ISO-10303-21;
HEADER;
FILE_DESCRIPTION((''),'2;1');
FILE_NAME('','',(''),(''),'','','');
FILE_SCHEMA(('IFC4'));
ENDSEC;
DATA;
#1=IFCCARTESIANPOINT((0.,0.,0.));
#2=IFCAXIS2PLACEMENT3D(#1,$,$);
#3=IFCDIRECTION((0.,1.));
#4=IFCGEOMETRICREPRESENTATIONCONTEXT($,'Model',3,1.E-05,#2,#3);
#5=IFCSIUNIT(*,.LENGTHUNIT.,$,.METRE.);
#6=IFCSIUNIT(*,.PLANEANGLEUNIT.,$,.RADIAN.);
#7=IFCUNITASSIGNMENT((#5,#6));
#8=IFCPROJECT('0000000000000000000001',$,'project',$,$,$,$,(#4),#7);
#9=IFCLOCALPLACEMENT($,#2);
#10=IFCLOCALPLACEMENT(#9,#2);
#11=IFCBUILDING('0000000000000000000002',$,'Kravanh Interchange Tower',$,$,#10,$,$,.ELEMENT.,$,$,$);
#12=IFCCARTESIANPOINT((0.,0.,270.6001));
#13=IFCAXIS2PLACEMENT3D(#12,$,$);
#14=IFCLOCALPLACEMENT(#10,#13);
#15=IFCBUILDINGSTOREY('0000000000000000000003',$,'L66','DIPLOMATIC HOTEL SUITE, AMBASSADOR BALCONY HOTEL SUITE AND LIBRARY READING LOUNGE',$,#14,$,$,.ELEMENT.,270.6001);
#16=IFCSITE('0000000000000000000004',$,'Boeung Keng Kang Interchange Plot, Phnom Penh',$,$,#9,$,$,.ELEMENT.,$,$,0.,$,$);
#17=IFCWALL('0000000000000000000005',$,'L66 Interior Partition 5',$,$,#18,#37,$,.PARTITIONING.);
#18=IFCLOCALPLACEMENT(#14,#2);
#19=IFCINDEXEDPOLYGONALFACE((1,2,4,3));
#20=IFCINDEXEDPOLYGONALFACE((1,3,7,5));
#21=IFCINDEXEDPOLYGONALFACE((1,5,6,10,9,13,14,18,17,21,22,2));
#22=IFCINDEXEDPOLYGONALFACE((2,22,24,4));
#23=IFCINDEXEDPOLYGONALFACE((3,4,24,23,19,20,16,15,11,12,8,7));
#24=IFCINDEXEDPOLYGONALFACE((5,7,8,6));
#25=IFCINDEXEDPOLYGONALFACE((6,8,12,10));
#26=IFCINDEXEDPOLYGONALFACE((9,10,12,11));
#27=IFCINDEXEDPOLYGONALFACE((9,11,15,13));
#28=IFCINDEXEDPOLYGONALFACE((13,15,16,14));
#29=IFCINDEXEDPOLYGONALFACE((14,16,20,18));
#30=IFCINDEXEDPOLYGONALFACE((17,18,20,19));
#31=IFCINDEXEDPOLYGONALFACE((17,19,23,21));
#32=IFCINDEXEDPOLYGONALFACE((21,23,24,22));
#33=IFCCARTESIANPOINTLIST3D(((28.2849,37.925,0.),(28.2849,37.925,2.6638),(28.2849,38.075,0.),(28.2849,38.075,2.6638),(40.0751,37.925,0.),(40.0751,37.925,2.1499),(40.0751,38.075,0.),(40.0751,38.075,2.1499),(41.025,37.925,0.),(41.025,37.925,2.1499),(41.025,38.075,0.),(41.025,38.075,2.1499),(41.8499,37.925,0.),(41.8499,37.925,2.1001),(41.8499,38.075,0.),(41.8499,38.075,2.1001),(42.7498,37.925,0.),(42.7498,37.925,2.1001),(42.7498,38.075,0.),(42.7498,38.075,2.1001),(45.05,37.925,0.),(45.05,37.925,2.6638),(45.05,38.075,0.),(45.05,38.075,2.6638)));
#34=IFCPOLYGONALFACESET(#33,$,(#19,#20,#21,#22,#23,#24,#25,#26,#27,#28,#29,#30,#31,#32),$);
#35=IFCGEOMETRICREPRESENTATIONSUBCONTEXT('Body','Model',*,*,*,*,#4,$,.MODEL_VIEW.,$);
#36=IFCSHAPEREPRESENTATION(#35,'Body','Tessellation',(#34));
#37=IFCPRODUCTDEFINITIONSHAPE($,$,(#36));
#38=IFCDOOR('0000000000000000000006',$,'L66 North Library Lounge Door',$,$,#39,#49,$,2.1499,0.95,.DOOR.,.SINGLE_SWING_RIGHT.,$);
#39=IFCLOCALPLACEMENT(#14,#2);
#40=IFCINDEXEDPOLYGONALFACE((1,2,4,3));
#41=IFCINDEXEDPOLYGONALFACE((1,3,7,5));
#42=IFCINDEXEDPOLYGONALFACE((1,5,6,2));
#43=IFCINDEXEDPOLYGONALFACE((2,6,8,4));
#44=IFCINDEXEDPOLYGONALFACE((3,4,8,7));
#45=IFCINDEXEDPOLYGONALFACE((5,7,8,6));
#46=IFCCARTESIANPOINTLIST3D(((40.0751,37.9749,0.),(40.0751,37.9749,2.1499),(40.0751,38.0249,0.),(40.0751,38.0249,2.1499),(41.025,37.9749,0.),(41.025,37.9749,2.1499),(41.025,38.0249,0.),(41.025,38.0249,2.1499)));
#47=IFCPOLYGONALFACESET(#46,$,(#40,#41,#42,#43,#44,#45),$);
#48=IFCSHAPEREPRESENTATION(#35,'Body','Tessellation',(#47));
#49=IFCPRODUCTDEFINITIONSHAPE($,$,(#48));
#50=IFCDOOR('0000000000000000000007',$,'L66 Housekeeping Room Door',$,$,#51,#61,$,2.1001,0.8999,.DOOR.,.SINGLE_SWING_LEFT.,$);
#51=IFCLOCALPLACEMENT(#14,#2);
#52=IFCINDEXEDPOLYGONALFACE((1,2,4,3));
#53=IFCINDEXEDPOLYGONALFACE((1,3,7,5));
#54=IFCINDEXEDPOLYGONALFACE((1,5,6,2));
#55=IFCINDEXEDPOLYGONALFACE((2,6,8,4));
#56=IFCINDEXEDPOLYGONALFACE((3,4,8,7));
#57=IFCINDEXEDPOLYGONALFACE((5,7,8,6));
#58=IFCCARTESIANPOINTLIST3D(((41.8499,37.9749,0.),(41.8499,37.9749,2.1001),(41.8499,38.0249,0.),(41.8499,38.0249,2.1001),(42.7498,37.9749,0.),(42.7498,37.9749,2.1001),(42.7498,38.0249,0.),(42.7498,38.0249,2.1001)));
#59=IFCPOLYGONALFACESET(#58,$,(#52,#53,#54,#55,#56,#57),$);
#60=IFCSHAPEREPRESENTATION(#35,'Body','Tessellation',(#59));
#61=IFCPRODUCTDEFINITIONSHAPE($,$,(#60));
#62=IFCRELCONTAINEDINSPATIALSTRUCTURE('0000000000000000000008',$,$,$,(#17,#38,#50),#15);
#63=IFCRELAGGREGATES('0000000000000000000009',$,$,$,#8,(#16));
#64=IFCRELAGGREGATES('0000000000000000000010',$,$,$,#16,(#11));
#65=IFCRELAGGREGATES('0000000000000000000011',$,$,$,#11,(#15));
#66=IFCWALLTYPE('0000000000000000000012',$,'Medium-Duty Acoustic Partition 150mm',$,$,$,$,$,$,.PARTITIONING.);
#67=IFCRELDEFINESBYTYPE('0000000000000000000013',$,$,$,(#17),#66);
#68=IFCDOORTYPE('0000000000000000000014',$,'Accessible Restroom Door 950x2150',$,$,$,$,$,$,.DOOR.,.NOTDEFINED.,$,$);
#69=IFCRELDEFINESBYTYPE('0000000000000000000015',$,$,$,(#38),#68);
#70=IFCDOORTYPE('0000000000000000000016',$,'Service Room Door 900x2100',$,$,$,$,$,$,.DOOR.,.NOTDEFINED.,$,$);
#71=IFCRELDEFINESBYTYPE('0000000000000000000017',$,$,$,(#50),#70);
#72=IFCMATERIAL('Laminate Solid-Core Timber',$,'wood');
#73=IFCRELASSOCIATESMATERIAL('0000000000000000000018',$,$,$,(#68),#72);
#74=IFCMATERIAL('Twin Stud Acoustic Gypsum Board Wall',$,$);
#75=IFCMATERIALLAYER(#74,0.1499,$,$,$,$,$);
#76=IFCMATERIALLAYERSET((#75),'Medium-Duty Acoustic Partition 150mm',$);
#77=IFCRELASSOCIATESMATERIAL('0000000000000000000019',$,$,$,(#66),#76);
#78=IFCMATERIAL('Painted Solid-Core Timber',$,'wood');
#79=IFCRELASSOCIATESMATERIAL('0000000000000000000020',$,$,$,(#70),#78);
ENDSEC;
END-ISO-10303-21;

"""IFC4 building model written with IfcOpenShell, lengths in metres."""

from ifc_helpers import new_model, si_unit, direction, frame, frame_2d, origin, place, context, subcontext, project, spatial, rectangle, extrude, material, layer, layer_set, type_object, element, fill, save


model = new_model("IFC4")

# Units and contexts
model_context = context("Model", 3, precision=1e-05, world=origin(), true_north=direction((0.0, 1.0)))
body_context = subcontext(model_context, "Body", "Model", "MODEL_VIEW")
ifc_project = project(units=[si_unit("LENGTHUNIT", "METRE"), si_unit("PLANEANGLEUNIT", "RADIAN")], contexts=[model_context])

# Site, building, storey
site_placement = place(None, origin())
site = spatial("IfcSite", under=ifc_project, at=site_placement, Name="Boeung Keng Kang Interchange Plot, Phnom Penh", CompositionType="ELEMENT", RefElevation=0.0)
building_placement = place(site_placement, origin())
building = spatial("IfcBuilding", under=site, at=building_placement, Name="Kravanh Interchange Tower", CompositionType="ELEMENT")
storey_placement = place(building_placement, frame((0.0, 0.0, 270.6001)))
storey = spatial("IfcBuildingStorey", under=building, at=storey_placement, Name="L66", Description="DIPLOMATIC HOTEL SUITE, AMBASSADOR BALCONY HOTEL SUITE AND LIBRARY READING LOUNGE", CompositionType="ELEMENT", Elevation=270.6001)

# Wall, openings, doors
ifc_material_1 = material(Name="Laminate Solid-Core Timber", Category="wood")
door_type_1 = type_object("IfcDoorType", Name="Accessible Restroom Door 950x2150", OperationType="NOTDEFINED", PredefinedType="DOOR", material=ifc_material_1)
ifc_material_2 = material(Name="Twin Stud Acoustic Gypsum Board Wall")
ifc_layer_1 = layer(ifc_material_2, 0.1499)
ifc_layer_set_1 = layer_set([ifc_layer_1], Name="Medium-Duty Acoustic Partition 150mm")
wall_type_1 = type_object("IfcWallType", Name="Medium-Duty Acoustic Partition 150mm", PredefinedType="PARTITIONING", material=ifc_layer_set_1)
wall_1_placement = place(storey_placement, frame((28.2849, 38.0, 0.0), z_axis=(0.0, 0.0, 1.0), x_axis=(1.0, 0.0, 0.0)))
wall_1 = element("IfcWall", 1, at=wall_1_placement, inside=storey, type_object=wall_type_1, Name="L66 Interior Partition 5", PredefinedType="PARTITIONING", context=body_context, shape_type="SweptSolid", body=[
    extrude(rectangle(XDim=16.7651, YDim=0.1499, at=frame_2d((8.3826, 0.0))), origin(), (0.0, 0.0, 1.0), 2.6638),
])
opening_1_placement = place(wall_1_placement, frame((11.79, 0.0, 0.0)))
opening_1 = element("IfcOpeningElement", 2, at=opening_1_placement, cuts=wall_1, PredefinedType="OPENING", context=body_context, shape_type="SweptSolid", body=[
    extrude(rectangle(XDim=0.95, YDim=2.1499, at=frame_2d((0.4751, 1.075))), frame((0.0, 0.085, 0.0), z_axis=(0.0, -1.0, 0.0), x_axis=(1.0, 0.0, 0.0)), (0.0, 0.0, 1.0), 0.1699),
])
opening_2_placement = place(wall_1_placement, frame((13.5649, 0.0, 0.0)))
opening_2 = element("IfcOpeningElement", 3, at=opening_2_placement, cuts=wall_1, PredefinedType="OPENING", context=body_context, shape_type="SweptSolid", body=[
    extrude(rectangle(XDim=0.8999, YDim=2.1001, at=frame_2d((0.45, 1.05))), frame((0.0, 0.085, 0.0), z_axis=(0.0, -1.0, 0.0), x_axis=(1.0, 0.0, 0.0)), (0.0, 0.0, 1.0), 0.1699),
])
door_1_placement = place(opening_1_placement, origin())
door_1 = element("IfcDoor", 4, at=door_1_placement, inside=storey, type_object=door_type_1, Name="L66 North Library Lounge Door", OperationType="SINGLE_SWING_RIGHT", OverallHeight=2.1499, OverallWidth=0.95, PredefinedType="DOOR", context=body_context, shape_type="SweptSolid", body=[
    extrude(rectangle(XDim=0.95, YDim=2.1499, at=frame_2d((0.4751, 1.075))), frame((0.0, 0.0249, 0.0), z_axis=(0.0, -1.0, 0.0), x_axis=(1.0, 0.0, 0.0)), (0.0, 0.0, 1.0), 0.05),
])
fill(opening_1, door_1)
ifc_material_3 = material(Name="Painted Solid-Core Timber", Category="wood")
door_type_2 = type_object("IfcDoorType", Name="Service Room Door 900x2100", OperationType="NOTDEFINED", PredefinedType="DOOR", material=ifc_material_3)
door_2_placement = place(opening_2_placement, origin())
door_2 = element("IfcDoor", 5, at=door_2_placement, inside=storey, type_object=door_type_2, Name="L66 Housekeeping Room Door", OperationType="SINGLE_SWING_LEFT", OverallHeight=2.1001, OverallWidth=0.8999, PredefinedType="DOOR", context=body_context, shape_type="SweptSolid", body=[
    extrude(rectangle(XDim=0.8999, YDim=2.1001, at=frame_2d((0.45, 1.05))), frame((0.0, 0.0249, 0.0), z_axis=(0.0, -1.0, 0.0), x_axis=(1.0, 0.0, 0.0)), (0.0, 0.0, 1.0), 0.05),
])
fill(opening_2, door_2)

save(model, "model.ifc")
